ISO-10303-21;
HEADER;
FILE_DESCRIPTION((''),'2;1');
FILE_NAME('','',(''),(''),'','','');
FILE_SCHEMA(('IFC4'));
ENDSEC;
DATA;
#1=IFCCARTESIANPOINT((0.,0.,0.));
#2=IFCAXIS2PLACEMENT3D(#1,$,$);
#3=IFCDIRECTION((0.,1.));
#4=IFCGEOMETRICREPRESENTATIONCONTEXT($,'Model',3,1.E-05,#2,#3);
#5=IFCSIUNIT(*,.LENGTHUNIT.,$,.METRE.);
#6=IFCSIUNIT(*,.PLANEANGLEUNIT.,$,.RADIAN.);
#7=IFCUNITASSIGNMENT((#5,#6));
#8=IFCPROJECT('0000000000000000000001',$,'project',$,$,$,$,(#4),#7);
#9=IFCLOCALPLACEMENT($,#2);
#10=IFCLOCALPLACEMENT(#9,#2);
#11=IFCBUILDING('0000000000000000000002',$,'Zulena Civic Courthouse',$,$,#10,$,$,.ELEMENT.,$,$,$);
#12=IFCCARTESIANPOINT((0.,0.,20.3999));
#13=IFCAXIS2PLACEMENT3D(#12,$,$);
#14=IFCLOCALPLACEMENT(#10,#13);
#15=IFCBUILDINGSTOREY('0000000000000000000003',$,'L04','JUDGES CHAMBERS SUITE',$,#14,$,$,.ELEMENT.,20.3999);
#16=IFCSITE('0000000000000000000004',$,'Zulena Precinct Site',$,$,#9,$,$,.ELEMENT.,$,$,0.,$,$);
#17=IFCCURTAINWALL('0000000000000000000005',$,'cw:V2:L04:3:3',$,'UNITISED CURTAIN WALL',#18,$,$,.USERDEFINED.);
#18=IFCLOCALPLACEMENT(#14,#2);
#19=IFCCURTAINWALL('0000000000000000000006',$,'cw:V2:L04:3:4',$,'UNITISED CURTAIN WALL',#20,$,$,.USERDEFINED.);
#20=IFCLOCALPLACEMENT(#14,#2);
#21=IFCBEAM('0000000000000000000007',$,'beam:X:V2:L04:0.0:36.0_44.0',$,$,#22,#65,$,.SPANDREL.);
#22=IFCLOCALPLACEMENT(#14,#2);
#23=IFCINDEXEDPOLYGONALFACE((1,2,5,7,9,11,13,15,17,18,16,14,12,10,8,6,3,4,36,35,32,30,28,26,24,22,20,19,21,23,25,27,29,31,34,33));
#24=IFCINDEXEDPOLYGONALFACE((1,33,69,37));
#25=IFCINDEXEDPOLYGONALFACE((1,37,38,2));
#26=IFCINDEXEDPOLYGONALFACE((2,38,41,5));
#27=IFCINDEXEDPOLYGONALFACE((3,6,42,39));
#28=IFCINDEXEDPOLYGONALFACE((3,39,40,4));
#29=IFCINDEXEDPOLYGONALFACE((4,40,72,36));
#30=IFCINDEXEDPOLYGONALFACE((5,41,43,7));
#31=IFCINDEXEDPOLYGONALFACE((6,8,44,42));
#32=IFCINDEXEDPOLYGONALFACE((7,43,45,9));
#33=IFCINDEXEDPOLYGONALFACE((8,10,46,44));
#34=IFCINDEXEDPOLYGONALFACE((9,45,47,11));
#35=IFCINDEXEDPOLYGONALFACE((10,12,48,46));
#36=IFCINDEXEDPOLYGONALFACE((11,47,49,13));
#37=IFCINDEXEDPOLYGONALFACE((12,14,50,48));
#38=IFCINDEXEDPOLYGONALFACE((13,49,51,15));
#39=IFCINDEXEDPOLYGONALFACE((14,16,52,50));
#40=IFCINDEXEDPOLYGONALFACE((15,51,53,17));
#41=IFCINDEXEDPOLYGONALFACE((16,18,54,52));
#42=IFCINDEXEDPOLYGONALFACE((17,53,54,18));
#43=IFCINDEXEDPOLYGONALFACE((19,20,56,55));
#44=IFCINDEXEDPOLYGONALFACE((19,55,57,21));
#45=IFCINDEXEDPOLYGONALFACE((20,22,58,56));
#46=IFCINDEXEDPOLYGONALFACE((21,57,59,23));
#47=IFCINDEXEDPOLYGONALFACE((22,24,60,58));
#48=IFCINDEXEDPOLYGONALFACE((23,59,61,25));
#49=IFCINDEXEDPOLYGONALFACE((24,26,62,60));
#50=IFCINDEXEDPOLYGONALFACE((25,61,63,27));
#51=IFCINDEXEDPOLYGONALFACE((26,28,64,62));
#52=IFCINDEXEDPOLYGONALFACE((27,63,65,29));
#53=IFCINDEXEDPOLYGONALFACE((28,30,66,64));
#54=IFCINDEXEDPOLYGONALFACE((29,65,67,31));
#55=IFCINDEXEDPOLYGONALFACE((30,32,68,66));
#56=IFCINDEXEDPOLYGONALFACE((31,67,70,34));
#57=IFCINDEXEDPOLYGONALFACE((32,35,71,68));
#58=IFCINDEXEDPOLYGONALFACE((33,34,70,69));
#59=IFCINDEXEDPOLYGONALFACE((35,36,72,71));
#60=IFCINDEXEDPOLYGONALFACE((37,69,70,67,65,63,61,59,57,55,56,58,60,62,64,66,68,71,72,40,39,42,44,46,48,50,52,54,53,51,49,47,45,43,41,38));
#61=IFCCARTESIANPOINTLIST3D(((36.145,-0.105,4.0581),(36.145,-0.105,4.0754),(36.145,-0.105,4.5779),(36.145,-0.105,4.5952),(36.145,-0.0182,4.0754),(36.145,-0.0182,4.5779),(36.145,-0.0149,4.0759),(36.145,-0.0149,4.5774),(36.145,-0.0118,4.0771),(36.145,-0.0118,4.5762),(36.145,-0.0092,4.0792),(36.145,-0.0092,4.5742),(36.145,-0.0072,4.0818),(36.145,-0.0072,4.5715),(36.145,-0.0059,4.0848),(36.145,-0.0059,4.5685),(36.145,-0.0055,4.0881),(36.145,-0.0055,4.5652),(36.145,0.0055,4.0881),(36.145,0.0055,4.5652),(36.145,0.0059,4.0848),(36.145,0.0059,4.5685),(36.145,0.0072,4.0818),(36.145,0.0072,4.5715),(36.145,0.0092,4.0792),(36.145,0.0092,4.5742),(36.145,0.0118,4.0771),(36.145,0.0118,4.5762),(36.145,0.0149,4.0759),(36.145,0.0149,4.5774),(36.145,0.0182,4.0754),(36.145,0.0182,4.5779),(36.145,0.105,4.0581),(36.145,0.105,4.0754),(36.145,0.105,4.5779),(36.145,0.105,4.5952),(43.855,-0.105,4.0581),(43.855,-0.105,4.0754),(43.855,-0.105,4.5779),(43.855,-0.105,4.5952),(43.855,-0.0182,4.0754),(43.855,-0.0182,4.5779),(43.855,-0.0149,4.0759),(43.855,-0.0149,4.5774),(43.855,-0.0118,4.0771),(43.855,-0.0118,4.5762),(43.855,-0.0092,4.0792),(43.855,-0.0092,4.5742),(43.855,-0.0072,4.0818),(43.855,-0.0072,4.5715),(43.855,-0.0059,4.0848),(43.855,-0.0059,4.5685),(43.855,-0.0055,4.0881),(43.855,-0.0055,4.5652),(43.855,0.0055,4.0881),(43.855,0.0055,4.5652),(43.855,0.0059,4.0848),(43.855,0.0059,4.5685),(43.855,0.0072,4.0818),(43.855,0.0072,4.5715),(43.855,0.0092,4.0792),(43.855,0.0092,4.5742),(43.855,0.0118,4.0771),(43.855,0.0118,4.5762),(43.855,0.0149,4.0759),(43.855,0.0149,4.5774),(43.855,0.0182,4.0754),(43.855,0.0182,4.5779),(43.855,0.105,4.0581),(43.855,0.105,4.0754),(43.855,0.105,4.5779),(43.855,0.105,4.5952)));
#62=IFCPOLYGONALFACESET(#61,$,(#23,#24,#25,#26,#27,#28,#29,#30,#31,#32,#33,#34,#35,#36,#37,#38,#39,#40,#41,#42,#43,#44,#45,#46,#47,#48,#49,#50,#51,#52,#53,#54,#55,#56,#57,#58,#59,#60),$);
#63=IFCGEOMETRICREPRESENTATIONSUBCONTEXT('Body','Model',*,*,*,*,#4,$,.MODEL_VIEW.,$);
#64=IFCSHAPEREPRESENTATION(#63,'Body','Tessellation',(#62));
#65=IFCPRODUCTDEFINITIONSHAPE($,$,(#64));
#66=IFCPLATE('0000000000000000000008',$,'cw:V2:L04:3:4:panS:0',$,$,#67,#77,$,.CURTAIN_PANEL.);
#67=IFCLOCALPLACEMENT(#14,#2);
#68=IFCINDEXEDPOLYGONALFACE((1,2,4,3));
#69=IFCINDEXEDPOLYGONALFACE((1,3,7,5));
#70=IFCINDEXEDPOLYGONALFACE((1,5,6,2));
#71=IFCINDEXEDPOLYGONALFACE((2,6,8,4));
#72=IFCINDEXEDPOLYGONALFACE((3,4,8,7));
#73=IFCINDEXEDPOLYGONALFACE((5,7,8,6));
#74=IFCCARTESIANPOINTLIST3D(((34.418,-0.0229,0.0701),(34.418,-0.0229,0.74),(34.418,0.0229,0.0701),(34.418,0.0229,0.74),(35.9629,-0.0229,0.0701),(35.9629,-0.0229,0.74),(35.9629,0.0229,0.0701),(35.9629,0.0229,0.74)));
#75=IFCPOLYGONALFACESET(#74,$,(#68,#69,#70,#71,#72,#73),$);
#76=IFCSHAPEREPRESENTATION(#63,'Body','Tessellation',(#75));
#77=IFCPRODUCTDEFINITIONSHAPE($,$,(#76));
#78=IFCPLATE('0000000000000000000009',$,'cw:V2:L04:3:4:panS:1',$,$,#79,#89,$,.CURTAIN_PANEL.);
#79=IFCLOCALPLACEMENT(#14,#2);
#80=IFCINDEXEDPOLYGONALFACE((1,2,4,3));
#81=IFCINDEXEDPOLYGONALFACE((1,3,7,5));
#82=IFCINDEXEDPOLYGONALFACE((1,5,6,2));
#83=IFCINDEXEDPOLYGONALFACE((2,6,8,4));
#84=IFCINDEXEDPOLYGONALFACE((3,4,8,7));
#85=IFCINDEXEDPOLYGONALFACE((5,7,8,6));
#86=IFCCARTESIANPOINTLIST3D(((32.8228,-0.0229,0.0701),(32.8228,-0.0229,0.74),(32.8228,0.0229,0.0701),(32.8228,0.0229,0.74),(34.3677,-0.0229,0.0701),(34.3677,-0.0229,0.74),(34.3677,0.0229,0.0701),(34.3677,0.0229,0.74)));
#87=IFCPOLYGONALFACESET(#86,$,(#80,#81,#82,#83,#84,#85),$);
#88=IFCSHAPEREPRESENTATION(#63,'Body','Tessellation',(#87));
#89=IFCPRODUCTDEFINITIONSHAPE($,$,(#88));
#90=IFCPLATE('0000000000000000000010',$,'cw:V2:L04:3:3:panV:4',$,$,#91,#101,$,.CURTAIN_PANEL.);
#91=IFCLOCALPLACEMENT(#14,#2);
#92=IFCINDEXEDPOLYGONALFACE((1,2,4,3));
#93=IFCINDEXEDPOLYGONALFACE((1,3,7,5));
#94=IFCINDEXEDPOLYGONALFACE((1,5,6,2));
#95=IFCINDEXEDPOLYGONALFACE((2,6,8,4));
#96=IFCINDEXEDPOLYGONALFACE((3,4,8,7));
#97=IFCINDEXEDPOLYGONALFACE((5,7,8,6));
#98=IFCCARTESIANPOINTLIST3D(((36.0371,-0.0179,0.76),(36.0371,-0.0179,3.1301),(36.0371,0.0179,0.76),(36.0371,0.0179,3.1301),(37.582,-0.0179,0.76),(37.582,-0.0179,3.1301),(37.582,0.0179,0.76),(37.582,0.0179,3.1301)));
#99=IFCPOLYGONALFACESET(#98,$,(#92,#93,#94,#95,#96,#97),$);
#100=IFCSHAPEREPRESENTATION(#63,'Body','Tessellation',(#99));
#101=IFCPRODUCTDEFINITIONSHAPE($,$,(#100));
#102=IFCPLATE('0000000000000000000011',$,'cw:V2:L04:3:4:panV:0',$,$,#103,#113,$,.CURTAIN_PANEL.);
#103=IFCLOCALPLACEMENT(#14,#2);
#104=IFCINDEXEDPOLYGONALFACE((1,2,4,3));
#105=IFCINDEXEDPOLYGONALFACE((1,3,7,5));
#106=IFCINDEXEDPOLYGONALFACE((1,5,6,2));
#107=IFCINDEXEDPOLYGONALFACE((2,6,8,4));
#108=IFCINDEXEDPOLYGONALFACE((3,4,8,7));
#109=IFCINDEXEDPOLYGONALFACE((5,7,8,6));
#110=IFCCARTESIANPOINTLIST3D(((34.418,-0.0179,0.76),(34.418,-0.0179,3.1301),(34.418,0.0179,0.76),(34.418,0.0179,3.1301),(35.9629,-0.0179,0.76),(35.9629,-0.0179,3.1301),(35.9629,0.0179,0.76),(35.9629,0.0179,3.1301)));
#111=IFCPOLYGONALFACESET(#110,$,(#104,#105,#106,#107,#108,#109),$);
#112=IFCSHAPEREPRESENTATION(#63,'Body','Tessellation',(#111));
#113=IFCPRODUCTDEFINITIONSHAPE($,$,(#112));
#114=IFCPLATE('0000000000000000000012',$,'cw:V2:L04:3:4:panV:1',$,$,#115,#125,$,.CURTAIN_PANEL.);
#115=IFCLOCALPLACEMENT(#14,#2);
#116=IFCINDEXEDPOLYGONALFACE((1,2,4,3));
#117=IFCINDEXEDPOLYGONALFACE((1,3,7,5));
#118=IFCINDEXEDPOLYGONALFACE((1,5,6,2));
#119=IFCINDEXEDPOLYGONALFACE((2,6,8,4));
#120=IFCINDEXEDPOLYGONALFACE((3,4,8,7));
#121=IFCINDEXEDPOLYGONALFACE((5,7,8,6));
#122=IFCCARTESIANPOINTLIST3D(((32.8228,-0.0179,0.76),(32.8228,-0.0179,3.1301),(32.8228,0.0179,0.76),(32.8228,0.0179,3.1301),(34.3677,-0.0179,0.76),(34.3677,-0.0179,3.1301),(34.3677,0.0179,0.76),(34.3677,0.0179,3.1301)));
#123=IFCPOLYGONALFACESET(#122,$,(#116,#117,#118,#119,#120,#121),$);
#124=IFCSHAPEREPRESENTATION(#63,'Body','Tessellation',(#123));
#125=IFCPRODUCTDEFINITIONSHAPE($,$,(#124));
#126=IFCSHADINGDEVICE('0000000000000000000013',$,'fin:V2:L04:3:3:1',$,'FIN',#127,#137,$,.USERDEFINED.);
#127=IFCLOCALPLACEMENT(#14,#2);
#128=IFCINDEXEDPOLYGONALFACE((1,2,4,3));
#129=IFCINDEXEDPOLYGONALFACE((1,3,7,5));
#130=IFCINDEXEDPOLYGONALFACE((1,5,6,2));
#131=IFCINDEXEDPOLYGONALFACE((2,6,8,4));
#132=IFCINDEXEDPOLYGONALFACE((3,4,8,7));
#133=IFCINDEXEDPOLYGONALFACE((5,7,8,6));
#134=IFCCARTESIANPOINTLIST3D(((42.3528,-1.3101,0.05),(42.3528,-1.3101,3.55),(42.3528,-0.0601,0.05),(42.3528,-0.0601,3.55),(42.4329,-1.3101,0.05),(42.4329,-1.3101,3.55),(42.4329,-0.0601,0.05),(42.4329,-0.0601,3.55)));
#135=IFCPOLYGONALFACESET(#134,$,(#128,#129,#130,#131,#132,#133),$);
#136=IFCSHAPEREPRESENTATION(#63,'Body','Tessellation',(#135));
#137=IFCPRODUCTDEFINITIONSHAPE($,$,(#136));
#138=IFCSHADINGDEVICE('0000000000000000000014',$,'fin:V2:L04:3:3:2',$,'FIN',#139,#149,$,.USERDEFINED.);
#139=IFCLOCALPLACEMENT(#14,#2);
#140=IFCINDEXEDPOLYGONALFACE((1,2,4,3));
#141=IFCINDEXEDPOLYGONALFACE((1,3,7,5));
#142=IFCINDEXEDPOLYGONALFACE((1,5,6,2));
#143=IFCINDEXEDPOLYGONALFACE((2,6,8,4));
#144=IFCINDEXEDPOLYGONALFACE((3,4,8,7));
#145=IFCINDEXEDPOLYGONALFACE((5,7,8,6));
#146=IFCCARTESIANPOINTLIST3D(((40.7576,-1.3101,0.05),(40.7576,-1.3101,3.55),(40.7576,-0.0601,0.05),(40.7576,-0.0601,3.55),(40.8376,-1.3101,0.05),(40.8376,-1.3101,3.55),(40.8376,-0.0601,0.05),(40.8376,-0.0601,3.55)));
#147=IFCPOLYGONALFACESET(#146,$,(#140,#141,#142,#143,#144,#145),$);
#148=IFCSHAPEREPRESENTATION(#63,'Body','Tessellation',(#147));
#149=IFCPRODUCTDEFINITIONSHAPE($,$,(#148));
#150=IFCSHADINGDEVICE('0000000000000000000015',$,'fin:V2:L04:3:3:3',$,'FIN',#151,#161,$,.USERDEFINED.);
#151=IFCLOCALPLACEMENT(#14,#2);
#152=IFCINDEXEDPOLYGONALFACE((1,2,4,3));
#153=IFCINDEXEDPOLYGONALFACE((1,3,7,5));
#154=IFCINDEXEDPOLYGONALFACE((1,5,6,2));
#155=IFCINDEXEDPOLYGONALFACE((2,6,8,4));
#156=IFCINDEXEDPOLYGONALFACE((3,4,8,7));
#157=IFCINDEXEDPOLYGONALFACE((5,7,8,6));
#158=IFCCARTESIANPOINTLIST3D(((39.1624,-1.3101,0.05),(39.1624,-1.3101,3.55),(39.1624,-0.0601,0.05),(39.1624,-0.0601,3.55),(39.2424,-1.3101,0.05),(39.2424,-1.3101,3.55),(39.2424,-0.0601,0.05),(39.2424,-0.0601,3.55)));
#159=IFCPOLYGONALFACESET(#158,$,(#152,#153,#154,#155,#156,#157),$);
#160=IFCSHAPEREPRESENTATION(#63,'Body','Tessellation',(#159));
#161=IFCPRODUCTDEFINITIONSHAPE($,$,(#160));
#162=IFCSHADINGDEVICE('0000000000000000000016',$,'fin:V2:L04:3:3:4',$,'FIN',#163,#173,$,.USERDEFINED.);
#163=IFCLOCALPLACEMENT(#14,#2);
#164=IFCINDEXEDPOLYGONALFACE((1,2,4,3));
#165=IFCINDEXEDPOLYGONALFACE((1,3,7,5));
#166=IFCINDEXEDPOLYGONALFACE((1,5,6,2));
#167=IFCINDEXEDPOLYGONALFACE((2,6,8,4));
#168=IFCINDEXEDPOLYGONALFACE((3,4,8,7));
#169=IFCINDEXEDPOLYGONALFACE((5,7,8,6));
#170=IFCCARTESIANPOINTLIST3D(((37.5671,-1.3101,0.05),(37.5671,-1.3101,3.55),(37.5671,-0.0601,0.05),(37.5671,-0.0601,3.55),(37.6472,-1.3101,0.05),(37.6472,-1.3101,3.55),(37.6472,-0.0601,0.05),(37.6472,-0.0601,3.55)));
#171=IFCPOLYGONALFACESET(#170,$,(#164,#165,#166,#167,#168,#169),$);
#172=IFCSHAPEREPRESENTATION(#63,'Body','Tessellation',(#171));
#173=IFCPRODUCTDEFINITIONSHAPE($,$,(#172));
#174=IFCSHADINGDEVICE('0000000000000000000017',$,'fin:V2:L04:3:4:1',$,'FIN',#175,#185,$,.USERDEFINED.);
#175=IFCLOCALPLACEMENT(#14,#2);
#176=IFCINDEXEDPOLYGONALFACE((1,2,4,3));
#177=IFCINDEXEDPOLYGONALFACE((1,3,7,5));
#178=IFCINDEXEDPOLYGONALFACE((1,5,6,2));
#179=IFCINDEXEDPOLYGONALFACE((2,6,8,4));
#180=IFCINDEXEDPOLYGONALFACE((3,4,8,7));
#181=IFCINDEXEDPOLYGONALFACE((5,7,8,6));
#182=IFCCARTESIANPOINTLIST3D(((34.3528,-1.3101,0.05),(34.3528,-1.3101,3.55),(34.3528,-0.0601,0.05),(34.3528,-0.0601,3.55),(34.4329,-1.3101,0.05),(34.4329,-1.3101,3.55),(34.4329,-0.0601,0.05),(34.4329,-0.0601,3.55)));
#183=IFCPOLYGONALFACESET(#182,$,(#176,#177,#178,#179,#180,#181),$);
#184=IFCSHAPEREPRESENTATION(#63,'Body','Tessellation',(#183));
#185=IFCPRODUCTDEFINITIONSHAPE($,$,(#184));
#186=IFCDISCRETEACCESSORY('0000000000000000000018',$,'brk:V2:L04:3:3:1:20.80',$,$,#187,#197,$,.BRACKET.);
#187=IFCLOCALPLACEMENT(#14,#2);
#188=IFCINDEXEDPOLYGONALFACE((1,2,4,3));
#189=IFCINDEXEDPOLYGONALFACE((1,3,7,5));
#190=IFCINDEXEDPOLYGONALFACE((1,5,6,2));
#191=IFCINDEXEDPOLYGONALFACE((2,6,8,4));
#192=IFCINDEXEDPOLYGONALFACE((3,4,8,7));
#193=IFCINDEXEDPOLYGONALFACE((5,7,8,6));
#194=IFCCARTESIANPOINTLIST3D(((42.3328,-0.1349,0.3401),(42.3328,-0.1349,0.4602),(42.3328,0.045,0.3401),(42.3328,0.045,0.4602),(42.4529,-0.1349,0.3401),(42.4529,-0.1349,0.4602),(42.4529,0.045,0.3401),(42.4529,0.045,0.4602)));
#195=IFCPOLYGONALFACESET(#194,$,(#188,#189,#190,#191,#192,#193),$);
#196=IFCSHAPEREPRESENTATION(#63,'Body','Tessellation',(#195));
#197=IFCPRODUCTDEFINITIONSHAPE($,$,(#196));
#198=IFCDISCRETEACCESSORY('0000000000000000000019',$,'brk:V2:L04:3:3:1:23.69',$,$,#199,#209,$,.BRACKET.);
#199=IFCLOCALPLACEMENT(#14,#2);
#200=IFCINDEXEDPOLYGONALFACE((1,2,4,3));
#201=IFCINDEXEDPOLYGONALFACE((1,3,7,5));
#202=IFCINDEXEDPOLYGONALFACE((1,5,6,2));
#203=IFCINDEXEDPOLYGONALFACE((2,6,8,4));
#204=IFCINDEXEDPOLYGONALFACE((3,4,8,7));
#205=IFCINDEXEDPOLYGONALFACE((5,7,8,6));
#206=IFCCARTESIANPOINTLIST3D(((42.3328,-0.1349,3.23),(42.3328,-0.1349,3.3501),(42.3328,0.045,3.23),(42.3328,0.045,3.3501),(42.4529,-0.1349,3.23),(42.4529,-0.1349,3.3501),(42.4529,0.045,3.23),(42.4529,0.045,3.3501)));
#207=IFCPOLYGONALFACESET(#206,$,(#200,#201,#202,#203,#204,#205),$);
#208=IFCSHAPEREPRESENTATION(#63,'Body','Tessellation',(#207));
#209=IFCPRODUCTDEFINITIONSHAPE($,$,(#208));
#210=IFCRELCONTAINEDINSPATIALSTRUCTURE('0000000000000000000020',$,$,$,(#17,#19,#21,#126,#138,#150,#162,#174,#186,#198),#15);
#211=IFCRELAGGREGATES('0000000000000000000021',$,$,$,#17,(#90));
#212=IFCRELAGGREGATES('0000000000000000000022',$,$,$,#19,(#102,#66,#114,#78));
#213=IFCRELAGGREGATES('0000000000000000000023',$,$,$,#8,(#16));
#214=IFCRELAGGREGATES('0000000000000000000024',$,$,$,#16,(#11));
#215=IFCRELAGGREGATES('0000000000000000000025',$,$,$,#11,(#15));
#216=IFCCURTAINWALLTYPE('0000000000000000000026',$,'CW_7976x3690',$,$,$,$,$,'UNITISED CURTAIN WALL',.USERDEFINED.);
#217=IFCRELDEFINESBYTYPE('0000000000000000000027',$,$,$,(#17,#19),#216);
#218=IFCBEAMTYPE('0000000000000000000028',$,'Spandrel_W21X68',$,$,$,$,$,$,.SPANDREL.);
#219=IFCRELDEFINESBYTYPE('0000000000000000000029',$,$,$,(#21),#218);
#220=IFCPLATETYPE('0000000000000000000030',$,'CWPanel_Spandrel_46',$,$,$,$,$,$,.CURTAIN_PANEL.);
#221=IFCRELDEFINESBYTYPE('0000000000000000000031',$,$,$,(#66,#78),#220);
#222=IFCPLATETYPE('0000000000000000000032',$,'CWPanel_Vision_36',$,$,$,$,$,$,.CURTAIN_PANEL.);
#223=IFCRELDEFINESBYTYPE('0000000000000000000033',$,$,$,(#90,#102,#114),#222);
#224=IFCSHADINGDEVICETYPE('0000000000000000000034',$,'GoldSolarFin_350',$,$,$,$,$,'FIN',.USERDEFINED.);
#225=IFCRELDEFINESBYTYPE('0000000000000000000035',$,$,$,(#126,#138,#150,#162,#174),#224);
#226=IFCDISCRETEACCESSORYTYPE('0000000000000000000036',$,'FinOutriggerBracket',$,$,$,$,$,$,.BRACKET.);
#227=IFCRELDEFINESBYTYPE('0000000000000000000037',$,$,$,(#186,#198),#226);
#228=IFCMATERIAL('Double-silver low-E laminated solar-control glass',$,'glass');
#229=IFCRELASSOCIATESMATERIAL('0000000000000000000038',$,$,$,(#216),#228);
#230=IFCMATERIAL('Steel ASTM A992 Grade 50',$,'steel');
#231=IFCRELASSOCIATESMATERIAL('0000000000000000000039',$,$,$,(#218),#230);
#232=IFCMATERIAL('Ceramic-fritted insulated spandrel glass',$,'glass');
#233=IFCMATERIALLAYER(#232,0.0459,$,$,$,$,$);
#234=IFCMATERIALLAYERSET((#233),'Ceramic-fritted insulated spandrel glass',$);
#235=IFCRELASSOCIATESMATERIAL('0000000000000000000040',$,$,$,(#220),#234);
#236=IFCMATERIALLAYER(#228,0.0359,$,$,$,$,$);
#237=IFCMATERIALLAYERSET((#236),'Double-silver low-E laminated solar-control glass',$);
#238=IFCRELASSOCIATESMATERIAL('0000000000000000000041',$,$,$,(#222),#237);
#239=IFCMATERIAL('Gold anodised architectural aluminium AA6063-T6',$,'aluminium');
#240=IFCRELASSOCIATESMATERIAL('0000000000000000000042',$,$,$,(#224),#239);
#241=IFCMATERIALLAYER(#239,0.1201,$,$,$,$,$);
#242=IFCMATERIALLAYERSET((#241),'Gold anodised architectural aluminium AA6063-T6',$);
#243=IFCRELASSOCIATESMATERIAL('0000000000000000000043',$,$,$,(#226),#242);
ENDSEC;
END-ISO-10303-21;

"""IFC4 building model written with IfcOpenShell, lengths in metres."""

from ifc_helpers import new_model, si_unit, direction, frame, origin, origin_2d, place, context, subcontext, project, spatial, rectangle, i_section, extrude, material, layer, layer_set, material_profile, profile_set, type_object, element, aggregate, save


model = new_model("IFC4")

# Units and contexts
model_context = context("Model", 3, precision=1e-05, world=origin(), true_north=direction((0.0, 1.0)))
body_context = subcontext(model_context, "Body", "Model", "MODEL_VIEW")
ifc_project = project(units=[si_unit("LENGTHUNIT", "METRE"), si_unit("PLANEANGLEUNIT", "RADIAN")], contexts=[model_context])

# Site, building, storey
site_placement = place(None, origin())
site = spatial("IfcSite", under=ifc_project, at=site_placement, Name="Zulena Precinct Site", CompositionType="ELEMENT", RefElevation=0.0)
building_placement = place(site_placement, origin())
building = spatial("IfcBuilding", under=site, at=building_placement, Name="Zulena Civic Courthouse", CompositionType="ELEMENT")
storey_placement = place(building_placement, frame((0.0, 0.0, 20.3999)))
storey = spatial("IfcBuildingStorey", under=building, at=storey_placement, Name="L04", Description="JUDGES CHAMBERS SUITE", CompositionType="ELEMENT", Elevation=20.3999)

# Shared definitions
ifc_material_1 = material(Name="Steel ASTM A992 Grade 50", Category="steel")

# Curtain wall
ifc_material_2 = material(Name="Double-silver low-E laminated solar-control glass", Category="glass")
curtain_wall_type = type_object("IfcCurtainWallType", Name="CW_7976x3690", ElementType="UNITISED CURTAIN WALL", PredefinedType="USERDEFINED", material=ifc_material_2)
curtain_wall_1_placement = place(storey_placement, origin())
curtain_wall_1 = element("IfcCurtainWall", 1, at=curtain_wall_1_placement, inside=storey, type_object=curtain_wall_type, Name="cw:V2:L04:3:3", ObjectType="UNITISED CURTAIN WALL", PredefinedType="USERDEFINED")

# Curtain wall
curtain_wall_2_placement = place(storey_placement, origin())
curtain_wall_2 = element("IfcCurtainWall", 2, at=curtain_wall_2_placement, inside=storey, type_object=curtain_wall_type, Name="cw:V2:L04:3:4", ObjectType="UNITISED CURTAIN WALL", PredefinedType="USERDEFINED")

# Beam
ifc_material_profile_1 = material_profile(ifc_material_1, i_section(OverallWidth=0.21, OverallDepth=0.5371, WebThickness=0.011, FlangeThickness=0.0173, FilletRadius=0.0127, at=origin_2d()), Name="W21X68")
ifc_profile_set_1 = profile_set([ifc_material_profile_1], Name="Steel ASTM A992 Grade 50")
beam_type = type_object("IfcBeamType", Name="Spandrel_W21X68", PredefinedType="SPANDREL", material=ifc_profile_set_1)
beam_placement = place(storey_placement, frame((36.145, 0.0, 4.3267), z_axis=(1.0, 0.0, 0.0), x_axis=(0.0, 1.0, 0.0)))
element("IfcBeam", 3, at=beam_placement, inside=storey, type_object=beam_type, Name="beam:X:V2:L04:0.0:36.0_44.0", PredefinedType="SPANDREL", context=body_context, shape_type="SweptSolid", body=[
    extrude(i_section(OverallWidth=0.21, OverallDepth=0.5371, WebThickness=0.011, FlangeThickness=0.0173, FilletRadius=0.0127, at=origin_2d()), origin(), (0.0, 0.0, 1.0), 7.71),
])

# Plates
ifc_material_3 = material(Name="Ceramic-fritted insulated spandrel glass", Category="glass")
ifc_layer_1 = layer(ifc_material_3, 0.0459)
ifc_layer_set_1 = layer_set([ifc_layer_1], Name="Ceramic-fritted insulated spandrel glass")
plate_type_1 = type_object("IfcPlateType", Name="CWPanel_Spandrel_46", PredefinedType="CURTAIN_PANEL", material=ifc_layer_set_1)
plate_1_placement = place(storey_placement, frame((35.1904, 0.0, 0.0701), z_axis=(0.0, 0.0, 1.0), x_axis=(-1.0, 0.0, 0.0)))
plate_1 = element("IfcPlate", 4, at=plate_1_placement, type_object=plate_type_1, Name="cw:V2:L04:3:4:panS:0", PredefinedType="CURTAIN_PANEL", context=body_context, shape_type="SweptSolid", body=[
    extrude(rectangle(XDim=1.5449, YDim=0.0459, at=origin_2d()), origin(), (0.0, 0.0, 1.0), 0.6699),
])
plate_2_placement = place(storey_placement, frame((33.5952, 0.0, 0.0701), z_axis=(0.0, 0.0, 1.0), x_axis=(-1.0, 0.0, 0.0)))
plate_2 = element("IfcPlate", 5, at=plate_2_placement, type_object=plate_type_1, Name="cw:V2:L04:3:4:panS:1", PredefinedType="CURTAIN_PANEL", context=body_context, shape_type="SweptSolid", body=[
    extrude(rectangle(XDim=1.5449, YDim=0.0459, at=origin_2d()), origin(), (0.0, 0.0, 1.0), 0.6699),
])
ifc_layer_2 = layer(ifc_material_2, 0.0359)
ifc_layer_set_2 = layer_set([ifc_layer_2], Name="Double-silver low-E laminated solar-control glass")
plate_type_2 = type_object("IfcPlateType", Name="CWPanel_Vision_36", PredefinedType="CURTAIN_PANEL", material=ifc_layer_set_2)
plate_3_placement = place(storey_placement, frame((36.8096, 0.0, 0.76), z_axis=(0.0, 0.0, 1.0), x_axis=(-1.0, 0.0, 0.0)))
plate_3 = element("IfcPlate", 6, at=plate_3_placement, type_object=plate_type_2, Name="cw:V2:L04:3:3:panV:4", PredefinedType="CURTAIN_PANEL", context=body_context, shape_type="SweptSolid", body=[
    extrude(rectangle(XDim=1.5449, YDim=0.0359, at=origin_2d()), origin(), (0.0, 0.0, 1.0), 2.3701),
])
aggregate(curtain_wall_1, [plate_3])
plate_4_placement = place(storey_placement, frame((35.1904, 0.0, 0.76), z_axis=(0.0, 0.0, 1.0), x_axis=(-1.0, 0.0, 0.0)))
plate_4 = element("IfcPlate", 7, at=plate_4_placement, type_object=plate_type_2, Name="cw:V2:L04:3:4:panV:0", PredefinedType="CURTAIN_PANEL", context=body_context, shape_type="SweptSolid", body=[
    extrude(rectangle(XDim=1.5449, YDim=0.0359, at=origin_2d()), origin(), (0.0, 0.0, 1.0), 2.3701),
])
plate_5_placement = place(storey_placement, frame((33.5952, 0.0, 0.76), z_axis=(0.0, 0.0, 1.0), x_axis=(-1.0, 0.0, 0.0)))
plate_5 = element("IfcPlate", 8, at=plate_5_placement, type_object=plate_type_2, Name="cw:V2:L04:3:4:panV:1", PredefinedType="CURTAIN_PANEL", context=body_context, shape_type="SweptSolid", body=[
    extrude(rectangle(XDim=1.5449, YDim=0.0359, at=origin_2d()), origin(), (0.0, 0.0, 1.0), 2.3701),
])
aggregate(curtain_wall_2, [plate_4, plate_1, plate_5, plate_2])

# Shading devices
ifc_material_4 = material(Name="Gold anodised architectural aluminium AA6063-T6", Category="aluminium")
shading_device_type = type_object("IfcShadingDeviceType", Name="GoldSolarFin_350", ElementType="FIN", PredefinedType="USERDEFINED", material=ifc_material_4)
for number, where, z_axis, x_axis, name in (
    (9, (42.3928, -0.6851, 0.05), (0.0, 0.0, 1.0), (0.0, -1.0, 0.0), "fin:V2:L04:3:3:1"),
    (10, (40.7976, -0.6851, 0.05), (0.0, 0.0, 1.0), (0.0, -1.0, 0.0), "fin:V2:L04:3:3:2"),
    (11, (39.2024, -0.6851, 0.05), (0.0, 0.0, 1.0), (0.0, -1.0, 0.0), "fin:V2:L04:3:3:3"),
    (12, (37.6072, -0.6851, 0.05), (0.0, 0.0, 1.0), (0.0, -1.0, 0.0), "fin:V2:L04:3:3:4"),
    (13, (34.3928, -0.6851, 0.05), (0.0, 0.0, 1.0), (0.0, -1.0, 0.0), "fin:V2:L04:3:4:1"),
):
    element("IfcShadingDevice", number, at=place(storey_placement, frame(where, z_axis=z_axis, x_axis=x_axis)), inside=storey, type_object=shading_device_type, Name=name, ObjectType="FIN", PredefinedType="USERDEFINED", context=body_context, shape_type="SweptSolid", body=[
        extrude(rectangle(XDim=1.25, YDim=0.0801, at=origin_2d()), origin(), (0.0, 0.0, 1.0), 3.5),
    ])

# Discrete accessories
ifc_layer_3 = layer(ifc_material_4, 0.1201)
ifc_layer_set_3 = layer_set([ifc_layer_3], Name="Gold anodised architectural aluminium AA6063-T6")
discrete_accessory_type = type_object("IfcDiscreteAccessoryType", Name="FinOutriggerBracket", PredefinedType="BRACKET", material=ifc_layer_set_3)
for number, where, z_axis, x_axis, name in (
    (14, (42.3928, -0.0449, 0.3401), (0.0, 0.0, 1.0), (0.0, -1.0, 0.0), "brk:V2:L04:3:3:1:20.80"),
    (15, (42.3928, -0.0449, 3.23), (0.0, 0.0, 1.0), (0.0, -1.0, 0.0), "brk:V2:L04:3:3:1:23.69"),
):
    element("IfcDiscreteAccessory", number, at=place(storey_placement, frame(where, z_axis=z_axis, x_axis=x_axis)), inside=storey, type_object=discrete_accessory_type, Name=name, PredefinedType="BRACKET", context=body_context, shape_type="SweptSolid", body=[
        extrude(rectangle(XDim=0.1799, YDim=0.1201, at=origin_2d()), origin(), (0.0, 0.0, 1.0), 0.1201),
    ])

save(model, "model.ifc")
